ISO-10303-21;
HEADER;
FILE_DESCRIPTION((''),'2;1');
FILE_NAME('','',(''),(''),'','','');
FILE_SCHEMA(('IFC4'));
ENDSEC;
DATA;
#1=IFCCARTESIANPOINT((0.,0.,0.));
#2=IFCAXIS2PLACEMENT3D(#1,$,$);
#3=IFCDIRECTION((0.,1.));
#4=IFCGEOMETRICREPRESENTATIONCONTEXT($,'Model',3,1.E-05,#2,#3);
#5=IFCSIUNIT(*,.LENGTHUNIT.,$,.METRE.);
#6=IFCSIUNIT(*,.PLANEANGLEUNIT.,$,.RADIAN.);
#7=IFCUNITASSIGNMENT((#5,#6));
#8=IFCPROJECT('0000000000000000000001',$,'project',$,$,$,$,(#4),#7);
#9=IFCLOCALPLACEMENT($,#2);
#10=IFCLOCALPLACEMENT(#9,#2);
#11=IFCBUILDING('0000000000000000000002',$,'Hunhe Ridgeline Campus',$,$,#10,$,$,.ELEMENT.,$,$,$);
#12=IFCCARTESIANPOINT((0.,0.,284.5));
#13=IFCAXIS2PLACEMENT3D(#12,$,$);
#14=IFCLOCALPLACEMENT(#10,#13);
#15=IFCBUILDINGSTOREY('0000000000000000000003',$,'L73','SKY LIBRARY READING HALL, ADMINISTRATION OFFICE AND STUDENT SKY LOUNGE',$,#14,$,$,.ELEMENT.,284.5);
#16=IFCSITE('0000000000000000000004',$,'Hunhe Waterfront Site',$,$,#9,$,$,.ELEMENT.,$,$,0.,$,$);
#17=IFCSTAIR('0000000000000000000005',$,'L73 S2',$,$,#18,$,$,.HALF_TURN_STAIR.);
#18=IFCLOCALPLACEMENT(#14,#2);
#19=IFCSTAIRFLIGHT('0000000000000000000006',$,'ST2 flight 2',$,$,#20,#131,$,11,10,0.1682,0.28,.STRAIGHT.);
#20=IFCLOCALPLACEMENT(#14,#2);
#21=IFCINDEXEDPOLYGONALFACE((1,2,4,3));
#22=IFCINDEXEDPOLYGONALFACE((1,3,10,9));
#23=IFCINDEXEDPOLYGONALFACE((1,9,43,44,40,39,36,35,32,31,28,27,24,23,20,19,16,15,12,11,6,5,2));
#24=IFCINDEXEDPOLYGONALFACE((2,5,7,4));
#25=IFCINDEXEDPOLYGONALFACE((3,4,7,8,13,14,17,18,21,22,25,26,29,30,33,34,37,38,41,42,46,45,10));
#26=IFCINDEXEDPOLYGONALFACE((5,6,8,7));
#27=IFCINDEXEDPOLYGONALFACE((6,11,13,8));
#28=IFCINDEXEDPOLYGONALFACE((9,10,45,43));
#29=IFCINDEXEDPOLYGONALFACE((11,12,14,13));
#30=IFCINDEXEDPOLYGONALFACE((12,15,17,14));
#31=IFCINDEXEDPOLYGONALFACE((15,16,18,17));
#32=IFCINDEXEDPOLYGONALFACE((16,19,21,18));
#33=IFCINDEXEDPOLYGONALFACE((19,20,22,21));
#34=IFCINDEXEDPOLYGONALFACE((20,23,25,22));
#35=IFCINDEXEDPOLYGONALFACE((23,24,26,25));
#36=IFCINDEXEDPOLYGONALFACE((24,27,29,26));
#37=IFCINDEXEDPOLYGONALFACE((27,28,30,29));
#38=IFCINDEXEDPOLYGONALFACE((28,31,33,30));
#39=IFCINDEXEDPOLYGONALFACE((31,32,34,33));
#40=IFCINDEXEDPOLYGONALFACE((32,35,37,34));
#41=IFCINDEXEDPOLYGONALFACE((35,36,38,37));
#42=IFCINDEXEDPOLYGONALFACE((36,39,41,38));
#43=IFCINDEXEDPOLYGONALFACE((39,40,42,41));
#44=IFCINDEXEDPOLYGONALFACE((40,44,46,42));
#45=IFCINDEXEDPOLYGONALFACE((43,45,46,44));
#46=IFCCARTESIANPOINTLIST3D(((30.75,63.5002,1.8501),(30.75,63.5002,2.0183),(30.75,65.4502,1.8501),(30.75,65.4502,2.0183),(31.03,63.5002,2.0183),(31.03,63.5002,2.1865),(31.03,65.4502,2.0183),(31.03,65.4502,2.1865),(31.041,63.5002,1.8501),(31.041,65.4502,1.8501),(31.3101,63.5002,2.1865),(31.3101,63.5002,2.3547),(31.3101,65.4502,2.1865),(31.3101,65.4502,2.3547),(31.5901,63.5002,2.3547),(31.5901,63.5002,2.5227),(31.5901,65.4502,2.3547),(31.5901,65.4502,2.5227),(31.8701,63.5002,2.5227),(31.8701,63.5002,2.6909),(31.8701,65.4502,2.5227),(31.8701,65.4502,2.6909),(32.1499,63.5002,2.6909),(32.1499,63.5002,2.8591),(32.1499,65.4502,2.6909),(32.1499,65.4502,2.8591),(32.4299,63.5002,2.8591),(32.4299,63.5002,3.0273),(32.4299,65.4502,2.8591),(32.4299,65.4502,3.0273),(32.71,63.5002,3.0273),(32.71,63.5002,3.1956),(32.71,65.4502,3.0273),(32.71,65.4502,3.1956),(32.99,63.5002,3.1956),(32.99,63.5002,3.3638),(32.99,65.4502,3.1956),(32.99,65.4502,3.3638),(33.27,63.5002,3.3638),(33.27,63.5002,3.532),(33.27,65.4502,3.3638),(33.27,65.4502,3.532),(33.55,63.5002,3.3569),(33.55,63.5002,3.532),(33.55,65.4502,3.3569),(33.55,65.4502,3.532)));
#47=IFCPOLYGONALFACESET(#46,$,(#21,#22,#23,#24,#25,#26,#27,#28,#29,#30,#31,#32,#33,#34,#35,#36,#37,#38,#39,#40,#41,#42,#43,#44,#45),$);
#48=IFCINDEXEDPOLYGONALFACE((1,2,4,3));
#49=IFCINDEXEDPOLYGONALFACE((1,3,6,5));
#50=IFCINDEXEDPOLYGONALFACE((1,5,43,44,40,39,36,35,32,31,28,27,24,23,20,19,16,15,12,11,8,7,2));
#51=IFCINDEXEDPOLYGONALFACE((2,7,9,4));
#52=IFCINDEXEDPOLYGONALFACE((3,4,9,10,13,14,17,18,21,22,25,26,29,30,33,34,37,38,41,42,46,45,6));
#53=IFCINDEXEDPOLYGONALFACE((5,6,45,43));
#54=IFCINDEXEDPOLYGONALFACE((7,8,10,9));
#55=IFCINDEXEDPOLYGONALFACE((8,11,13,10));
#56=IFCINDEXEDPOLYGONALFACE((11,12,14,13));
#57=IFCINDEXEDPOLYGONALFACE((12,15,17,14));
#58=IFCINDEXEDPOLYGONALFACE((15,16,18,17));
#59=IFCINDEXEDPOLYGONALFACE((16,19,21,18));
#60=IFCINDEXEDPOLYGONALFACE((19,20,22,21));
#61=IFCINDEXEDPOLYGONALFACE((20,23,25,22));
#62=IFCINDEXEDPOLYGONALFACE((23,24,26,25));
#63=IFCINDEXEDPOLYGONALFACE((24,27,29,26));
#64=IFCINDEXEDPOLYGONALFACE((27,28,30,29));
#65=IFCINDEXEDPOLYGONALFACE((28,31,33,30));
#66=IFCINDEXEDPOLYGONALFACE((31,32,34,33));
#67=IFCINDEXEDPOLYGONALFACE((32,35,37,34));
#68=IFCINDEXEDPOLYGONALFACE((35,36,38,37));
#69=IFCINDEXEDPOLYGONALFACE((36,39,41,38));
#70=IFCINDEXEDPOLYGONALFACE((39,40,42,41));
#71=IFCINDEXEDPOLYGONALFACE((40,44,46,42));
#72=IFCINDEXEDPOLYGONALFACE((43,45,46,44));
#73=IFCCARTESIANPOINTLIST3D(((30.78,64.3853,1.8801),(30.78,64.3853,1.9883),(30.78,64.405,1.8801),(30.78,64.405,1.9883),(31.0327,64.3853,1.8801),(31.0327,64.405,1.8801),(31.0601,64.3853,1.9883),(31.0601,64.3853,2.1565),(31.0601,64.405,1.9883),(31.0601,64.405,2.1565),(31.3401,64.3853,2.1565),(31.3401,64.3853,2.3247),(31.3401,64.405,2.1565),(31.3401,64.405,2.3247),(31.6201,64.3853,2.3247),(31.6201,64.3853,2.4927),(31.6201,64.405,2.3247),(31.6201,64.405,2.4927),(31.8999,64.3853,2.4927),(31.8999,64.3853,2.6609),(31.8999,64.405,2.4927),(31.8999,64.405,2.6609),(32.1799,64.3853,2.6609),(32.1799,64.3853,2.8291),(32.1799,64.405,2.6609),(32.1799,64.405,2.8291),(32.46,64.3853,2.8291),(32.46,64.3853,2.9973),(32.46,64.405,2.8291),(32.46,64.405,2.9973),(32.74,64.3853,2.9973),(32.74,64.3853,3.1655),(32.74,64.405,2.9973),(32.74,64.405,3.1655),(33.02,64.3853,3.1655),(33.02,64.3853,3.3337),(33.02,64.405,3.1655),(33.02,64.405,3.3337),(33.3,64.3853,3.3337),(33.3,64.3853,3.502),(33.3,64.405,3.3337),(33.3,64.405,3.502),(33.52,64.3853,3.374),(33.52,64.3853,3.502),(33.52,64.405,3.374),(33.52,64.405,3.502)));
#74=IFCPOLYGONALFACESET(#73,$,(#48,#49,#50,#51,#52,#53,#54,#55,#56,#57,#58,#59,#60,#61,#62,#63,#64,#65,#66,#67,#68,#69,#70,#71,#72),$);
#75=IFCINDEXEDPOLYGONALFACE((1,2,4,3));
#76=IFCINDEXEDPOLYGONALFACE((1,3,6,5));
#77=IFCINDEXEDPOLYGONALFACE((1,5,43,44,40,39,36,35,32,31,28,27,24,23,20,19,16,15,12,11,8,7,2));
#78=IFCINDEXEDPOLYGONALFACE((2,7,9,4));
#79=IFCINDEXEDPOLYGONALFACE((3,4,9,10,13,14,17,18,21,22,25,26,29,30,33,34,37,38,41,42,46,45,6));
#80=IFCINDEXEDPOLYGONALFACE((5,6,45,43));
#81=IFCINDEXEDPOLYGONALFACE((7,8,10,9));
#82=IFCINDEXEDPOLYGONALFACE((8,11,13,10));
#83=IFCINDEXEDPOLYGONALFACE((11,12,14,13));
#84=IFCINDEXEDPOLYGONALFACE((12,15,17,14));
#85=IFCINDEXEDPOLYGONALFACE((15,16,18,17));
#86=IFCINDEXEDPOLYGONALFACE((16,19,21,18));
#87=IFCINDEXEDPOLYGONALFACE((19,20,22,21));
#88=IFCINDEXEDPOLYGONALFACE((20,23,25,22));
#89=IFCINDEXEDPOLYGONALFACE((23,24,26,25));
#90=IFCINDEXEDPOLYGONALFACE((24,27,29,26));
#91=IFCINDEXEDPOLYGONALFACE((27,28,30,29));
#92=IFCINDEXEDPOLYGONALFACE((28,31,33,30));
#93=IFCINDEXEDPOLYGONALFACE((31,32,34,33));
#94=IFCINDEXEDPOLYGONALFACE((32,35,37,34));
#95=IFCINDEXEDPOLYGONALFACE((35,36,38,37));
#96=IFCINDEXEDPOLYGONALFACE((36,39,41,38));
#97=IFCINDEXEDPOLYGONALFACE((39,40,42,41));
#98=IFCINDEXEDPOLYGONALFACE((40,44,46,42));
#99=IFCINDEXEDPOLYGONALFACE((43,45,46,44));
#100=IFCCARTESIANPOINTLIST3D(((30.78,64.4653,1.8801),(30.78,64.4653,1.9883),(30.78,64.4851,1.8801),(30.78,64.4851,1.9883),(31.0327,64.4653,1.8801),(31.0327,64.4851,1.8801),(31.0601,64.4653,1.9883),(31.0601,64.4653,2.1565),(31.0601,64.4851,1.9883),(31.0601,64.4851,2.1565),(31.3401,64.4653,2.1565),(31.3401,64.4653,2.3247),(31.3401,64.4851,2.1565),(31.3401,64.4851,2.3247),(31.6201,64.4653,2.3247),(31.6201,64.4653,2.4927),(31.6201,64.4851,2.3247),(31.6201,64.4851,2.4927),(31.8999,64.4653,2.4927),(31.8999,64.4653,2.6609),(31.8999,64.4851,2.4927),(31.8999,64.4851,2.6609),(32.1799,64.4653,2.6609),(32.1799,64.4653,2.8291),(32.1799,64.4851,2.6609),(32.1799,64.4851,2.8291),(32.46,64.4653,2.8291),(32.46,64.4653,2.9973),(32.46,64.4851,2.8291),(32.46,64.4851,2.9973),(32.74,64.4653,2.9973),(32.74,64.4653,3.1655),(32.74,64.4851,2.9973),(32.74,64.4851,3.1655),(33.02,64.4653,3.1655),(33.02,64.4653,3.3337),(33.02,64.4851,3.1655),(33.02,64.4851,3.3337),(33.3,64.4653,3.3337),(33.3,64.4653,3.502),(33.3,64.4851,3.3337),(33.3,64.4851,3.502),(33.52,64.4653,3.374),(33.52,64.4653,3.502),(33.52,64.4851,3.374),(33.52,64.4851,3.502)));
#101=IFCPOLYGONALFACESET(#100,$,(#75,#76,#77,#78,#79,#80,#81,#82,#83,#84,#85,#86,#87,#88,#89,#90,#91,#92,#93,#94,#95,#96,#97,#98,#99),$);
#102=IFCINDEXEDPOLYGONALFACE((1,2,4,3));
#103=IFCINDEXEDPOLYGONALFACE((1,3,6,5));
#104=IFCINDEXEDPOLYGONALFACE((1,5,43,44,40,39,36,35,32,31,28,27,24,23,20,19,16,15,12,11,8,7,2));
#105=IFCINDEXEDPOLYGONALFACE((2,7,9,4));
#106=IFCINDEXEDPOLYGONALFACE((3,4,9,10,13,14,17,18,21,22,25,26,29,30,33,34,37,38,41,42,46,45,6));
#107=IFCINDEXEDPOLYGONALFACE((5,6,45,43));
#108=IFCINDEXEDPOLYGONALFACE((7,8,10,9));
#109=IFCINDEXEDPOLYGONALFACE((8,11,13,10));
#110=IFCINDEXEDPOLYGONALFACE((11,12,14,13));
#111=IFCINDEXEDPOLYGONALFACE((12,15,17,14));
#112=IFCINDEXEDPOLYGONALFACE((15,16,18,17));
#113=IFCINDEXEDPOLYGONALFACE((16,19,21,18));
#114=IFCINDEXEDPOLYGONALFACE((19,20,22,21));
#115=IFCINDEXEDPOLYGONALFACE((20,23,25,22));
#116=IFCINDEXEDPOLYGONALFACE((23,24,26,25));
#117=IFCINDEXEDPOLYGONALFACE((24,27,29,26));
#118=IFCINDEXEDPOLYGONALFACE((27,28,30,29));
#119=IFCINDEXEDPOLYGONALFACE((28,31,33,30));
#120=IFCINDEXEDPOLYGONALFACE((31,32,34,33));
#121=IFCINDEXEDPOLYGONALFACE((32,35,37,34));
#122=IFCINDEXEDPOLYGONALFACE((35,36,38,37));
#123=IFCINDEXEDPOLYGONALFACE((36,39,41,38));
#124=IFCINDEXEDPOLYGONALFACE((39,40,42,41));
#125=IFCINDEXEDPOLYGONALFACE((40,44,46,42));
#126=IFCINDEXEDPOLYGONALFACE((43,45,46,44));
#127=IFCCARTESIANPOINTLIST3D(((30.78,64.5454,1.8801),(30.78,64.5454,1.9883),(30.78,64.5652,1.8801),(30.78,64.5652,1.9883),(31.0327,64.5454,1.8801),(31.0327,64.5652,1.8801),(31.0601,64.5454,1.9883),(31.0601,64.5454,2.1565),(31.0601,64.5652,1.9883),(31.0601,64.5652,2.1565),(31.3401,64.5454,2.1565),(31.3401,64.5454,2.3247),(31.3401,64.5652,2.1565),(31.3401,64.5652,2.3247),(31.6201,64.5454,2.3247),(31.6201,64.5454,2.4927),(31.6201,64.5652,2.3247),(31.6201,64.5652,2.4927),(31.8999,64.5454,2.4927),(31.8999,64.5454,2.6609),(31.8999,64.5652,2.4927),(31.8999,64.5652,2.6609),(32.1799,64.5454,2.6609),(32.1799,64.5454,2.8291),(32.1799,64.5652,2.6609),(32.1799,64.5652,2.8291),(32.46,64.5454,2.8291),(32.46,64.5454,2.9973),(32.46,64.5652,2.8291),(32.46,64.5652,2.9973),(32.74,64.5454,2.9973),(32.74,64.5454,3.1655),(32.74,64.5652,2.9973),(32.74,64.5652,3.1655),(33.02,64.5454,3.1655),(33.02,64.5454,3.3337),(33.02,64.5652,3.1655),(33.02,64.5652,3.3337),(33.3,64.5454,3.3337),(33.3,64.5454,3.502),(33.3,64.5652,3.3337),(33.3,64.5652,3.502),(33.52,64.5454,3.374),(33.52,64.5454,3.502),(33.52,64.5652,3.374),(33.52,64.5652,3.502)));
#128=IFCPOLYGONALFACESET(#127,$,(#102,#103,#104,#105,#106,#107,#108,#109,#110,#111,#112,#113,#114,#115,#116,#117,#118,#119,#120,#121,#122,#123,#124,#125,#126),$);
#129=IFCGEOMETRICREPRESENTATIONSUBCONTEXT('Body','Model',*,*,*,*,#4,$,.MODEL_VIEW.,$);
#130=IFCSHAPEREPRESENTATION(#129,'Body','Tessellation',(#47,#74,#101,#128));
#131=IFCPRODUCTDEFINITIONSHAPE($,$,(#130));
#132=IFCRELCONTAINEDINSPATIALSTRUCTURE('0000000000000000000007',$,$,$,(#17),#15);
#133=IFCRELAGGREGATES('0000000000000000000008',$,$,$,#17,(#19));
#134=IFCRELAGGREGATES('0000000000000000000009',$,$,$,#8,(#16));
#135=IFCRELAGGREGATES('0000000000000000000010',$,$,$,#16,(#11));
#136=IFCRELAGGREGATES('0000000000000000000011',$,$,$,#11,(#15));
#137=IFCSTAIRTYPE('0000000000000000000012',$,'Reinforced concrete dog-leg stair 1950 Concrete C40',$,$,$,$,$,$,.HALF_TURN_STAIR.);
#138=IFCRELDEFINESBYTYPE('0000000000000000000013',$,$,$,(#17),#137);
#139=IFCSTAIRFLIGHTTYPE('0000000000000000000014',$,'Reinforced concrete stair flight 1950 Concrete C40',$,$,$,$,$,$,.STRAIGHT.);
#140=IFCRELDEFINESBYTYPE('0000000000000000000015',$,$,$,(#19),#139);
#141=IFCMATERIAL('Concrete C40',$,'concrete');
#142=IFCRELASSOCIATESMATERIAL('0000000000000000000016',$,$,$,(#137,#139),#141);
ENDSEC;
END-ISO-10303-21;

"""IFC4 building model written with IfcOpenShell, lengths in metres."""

from ifc_helpers import new_model, si_unit, direction, frame, origin, place, context, subcontext, project, spatial, polyline, outline, extrude, material, type_object, element, aggregate, save


model = new_model("IFC4")

# Units and contexts
model_context = context("Model", 3, precision=1e-05, world=origin(), true_north=direction((0.0, 1.0)))
body_context = subcontext(model_context, "Body", "Model", "MODEL_VIEW")
ifc_project = project(units=[si_unit("LENGTHUNIT", "METRE"), si_unit("PLANEANGLEUNIT", "RADIAN")], contexts=[model_context])

# Site, building, storey
site_placement = place(None, origin())
site = spatial("IfcSite", under=ifc_project, at=site_placement, Name="Hunhe Waterfront Site", CompositionType="ELEMENT", RefElevation=0.0)
building_placement = place(site_placement, origin())
building = spatial("IfcBuilding", under=site, at=building_placement, Name="Hunhe Ridgeline Campus", CompositionType="ELEMENT")
storey_placement = place(building_placement, frame((0.0, 0.0, 284.5)))
storey = spatial("IfcBuildingStorey", under=building, at=storey_placement, Name="L73", Description="SKY LIBRARY READING HALL, ADMINISTRATION OFFICE AND STUDENT SKY LOUNGE", CompositionType="ELEMENT", Elevation=284.5)

# Stair, stair flight
ifc_material_1 = material(Name="Concrete C40", Category="concrete")
stair_type = type_object("IfcStairType", Name="Reinforced concrete dog-leg stair 1950 Concrete C40", PredefinedType="HALF_TURN_STAIR", material=ifc_material_1)
stair_placement = place(storey_placement, origin())
stair = element("IfcStair", 1, at=stair_placement, inside=storey, type_object=stair_type, Name="L73 S2", PredefinedType="HALF_TURN_STAIR")
stair_flight_type = type_object("IfcStairFlightType", Name="Reinforced concrete stair flight 1950 Concrete C40", PredefinedType="STRAIGHT", material=ifc_material_1)
stair_flight_placement = place(storey_placement, frame((30.75, 64.4751, 1.8501), z_axis=(0.0, 0.0, 1.0), x_axis=(1.0, 0.0, 0.0)))
stair_flight = element("IfcStairFlight", 2, at=stair_flight_placement, type_object=stair_flight_type, Name="ST2 flight 2", NumberOfRisers=11, NumberOfTreads=10, PredefinedType="STRAIGHT", RiserHeight=0.1682, TreadLength=0.28, context=body_context, shape_type="SweptSolid", body=[
    extrude(outline(polyline([(0.0, 0.0), (0.0, 0.1682), (0.28, 0.1682), (0.28, 0.3364), (0.5601, 0.3364), (0.5601, 0.5046), (0.8401, 0.5046), (0.8401, 0.6726), (1.1201, 0.6726), (1.1201, 0.8408), (1.3999, 0.8408), (1.3999, 1.009), (1.6799, 1.009), (1.6799, 1.1772), (1.96, 1.1772), (1.96, 1.3455), (2.24, 1.3455), (2.24, 1.5137), (2.52, 1.5137), (2.52, 1.6819), (2.8, 1.6819), (2.8, 1.8501), (2.8, 1.5068), (0.291, 0.0), (0.0, 0.0)])), frame((0.0, 0.9751, 0.0), z_axis=(0.0, -1.0, 0.0), x_axis=(1.0, 0.0, 0.0)), (0.0, 0.0, 1.0), 1.95),
    extrude(outline(polyline([(0.03, 0.03), (0.03, 0.1382), (0.3101, 0.1382), (0.3101, 0.3064), (0.5901, 0.3064), (0.5901, 0.4746), (0.8701, 0.4746), (0.8701, 0.6426), (1.1499, 0.6426), (1.1499, 0.8108), (1.4299, 0.8108), (1.4299, 0.979), (1.71, 0.979), (1.71, 1.1472), (1.99, 1.1472), (1.99, 1.3154), (2.27, 1.3154), (2.27, 1.4836), (2.55, 1.4836), (2.55, 1.6519), (2.77, 1.6519), (2.77, 1.5239), (0.2827, 0.03), (0.03, 0.03)])), frame((0.0, -0.0701, 0.0), z_axis=(0.0, -1.0, 0.0), x_axis=(1.0, 0.0, 0.0)), (0.0, 0.0, 1.0), 0.0198),
    extrude(outline(polyline([(0.03, 0.03), (0.03, 0.1382), (0.3101, 0.1382), (0.3101, 0.3064), (0.5901, 0.3064), (0.5901, 0.4746), (0.8701, 0.4746), (0.8701, 0.6426), (1.1499, 0.6426), (1.1499, 0.8108), (1.4299, 0.8108), (1.4299, 0.979), (1.71, 0.979), (1.71, 1.1472), (1.99, 1.1472), (1.99, 1.3154), (2.27, 1.3154), (2.27, 1.4836), (2.55, 1.4836), (2.55, 1.6519), (2.77, 1.6519), (2.77, 1.5239), (0.2827, 0.03), (0.03, 0.03)])), frame((0.0, 0.01, 0.0), z_axis=(0.0, -1.0, 0.0), x_axis=(1.0, 0.0, 0.0)), (0.0, 0.0, 1.0), 0.0198),
    extrude(outline(polyline([(0.03, 0.03), (0.03, 0.1382), (0.3101, 0.1382), (0.3101, 0.3064), (0.5901, 0.3064), (0.5901, 0.4746), (0.8701, 0.4746), (0.8701, 0.6426), (1.1499, 0.6426), (1.1499, 0.8108), (1.4299, 0.8108), (1.4299, 0.979), (1.71, 0.979), (1.71, 1.1472), (1.99, 1.1472), (1.99, 1.3154), (2.27, 1.3154), (2.27, 1.4836), (2.55, 1.4836), (2.55, 1.6519), (2.77, 1.6519), (2.77, 1.5239), (0.2827, 0.03), (0.03, 0.03)])), frame((0.0, 0.0901, 0.0), z_axis=(0.0, -1.0, 0.0), x_axis=(1.0, 0.0, 0.0)), (0.0, 0.0, 1.0), 0.0198),
])
aggregate(stair, [stair_flight])

save(model, "model.ifc")
